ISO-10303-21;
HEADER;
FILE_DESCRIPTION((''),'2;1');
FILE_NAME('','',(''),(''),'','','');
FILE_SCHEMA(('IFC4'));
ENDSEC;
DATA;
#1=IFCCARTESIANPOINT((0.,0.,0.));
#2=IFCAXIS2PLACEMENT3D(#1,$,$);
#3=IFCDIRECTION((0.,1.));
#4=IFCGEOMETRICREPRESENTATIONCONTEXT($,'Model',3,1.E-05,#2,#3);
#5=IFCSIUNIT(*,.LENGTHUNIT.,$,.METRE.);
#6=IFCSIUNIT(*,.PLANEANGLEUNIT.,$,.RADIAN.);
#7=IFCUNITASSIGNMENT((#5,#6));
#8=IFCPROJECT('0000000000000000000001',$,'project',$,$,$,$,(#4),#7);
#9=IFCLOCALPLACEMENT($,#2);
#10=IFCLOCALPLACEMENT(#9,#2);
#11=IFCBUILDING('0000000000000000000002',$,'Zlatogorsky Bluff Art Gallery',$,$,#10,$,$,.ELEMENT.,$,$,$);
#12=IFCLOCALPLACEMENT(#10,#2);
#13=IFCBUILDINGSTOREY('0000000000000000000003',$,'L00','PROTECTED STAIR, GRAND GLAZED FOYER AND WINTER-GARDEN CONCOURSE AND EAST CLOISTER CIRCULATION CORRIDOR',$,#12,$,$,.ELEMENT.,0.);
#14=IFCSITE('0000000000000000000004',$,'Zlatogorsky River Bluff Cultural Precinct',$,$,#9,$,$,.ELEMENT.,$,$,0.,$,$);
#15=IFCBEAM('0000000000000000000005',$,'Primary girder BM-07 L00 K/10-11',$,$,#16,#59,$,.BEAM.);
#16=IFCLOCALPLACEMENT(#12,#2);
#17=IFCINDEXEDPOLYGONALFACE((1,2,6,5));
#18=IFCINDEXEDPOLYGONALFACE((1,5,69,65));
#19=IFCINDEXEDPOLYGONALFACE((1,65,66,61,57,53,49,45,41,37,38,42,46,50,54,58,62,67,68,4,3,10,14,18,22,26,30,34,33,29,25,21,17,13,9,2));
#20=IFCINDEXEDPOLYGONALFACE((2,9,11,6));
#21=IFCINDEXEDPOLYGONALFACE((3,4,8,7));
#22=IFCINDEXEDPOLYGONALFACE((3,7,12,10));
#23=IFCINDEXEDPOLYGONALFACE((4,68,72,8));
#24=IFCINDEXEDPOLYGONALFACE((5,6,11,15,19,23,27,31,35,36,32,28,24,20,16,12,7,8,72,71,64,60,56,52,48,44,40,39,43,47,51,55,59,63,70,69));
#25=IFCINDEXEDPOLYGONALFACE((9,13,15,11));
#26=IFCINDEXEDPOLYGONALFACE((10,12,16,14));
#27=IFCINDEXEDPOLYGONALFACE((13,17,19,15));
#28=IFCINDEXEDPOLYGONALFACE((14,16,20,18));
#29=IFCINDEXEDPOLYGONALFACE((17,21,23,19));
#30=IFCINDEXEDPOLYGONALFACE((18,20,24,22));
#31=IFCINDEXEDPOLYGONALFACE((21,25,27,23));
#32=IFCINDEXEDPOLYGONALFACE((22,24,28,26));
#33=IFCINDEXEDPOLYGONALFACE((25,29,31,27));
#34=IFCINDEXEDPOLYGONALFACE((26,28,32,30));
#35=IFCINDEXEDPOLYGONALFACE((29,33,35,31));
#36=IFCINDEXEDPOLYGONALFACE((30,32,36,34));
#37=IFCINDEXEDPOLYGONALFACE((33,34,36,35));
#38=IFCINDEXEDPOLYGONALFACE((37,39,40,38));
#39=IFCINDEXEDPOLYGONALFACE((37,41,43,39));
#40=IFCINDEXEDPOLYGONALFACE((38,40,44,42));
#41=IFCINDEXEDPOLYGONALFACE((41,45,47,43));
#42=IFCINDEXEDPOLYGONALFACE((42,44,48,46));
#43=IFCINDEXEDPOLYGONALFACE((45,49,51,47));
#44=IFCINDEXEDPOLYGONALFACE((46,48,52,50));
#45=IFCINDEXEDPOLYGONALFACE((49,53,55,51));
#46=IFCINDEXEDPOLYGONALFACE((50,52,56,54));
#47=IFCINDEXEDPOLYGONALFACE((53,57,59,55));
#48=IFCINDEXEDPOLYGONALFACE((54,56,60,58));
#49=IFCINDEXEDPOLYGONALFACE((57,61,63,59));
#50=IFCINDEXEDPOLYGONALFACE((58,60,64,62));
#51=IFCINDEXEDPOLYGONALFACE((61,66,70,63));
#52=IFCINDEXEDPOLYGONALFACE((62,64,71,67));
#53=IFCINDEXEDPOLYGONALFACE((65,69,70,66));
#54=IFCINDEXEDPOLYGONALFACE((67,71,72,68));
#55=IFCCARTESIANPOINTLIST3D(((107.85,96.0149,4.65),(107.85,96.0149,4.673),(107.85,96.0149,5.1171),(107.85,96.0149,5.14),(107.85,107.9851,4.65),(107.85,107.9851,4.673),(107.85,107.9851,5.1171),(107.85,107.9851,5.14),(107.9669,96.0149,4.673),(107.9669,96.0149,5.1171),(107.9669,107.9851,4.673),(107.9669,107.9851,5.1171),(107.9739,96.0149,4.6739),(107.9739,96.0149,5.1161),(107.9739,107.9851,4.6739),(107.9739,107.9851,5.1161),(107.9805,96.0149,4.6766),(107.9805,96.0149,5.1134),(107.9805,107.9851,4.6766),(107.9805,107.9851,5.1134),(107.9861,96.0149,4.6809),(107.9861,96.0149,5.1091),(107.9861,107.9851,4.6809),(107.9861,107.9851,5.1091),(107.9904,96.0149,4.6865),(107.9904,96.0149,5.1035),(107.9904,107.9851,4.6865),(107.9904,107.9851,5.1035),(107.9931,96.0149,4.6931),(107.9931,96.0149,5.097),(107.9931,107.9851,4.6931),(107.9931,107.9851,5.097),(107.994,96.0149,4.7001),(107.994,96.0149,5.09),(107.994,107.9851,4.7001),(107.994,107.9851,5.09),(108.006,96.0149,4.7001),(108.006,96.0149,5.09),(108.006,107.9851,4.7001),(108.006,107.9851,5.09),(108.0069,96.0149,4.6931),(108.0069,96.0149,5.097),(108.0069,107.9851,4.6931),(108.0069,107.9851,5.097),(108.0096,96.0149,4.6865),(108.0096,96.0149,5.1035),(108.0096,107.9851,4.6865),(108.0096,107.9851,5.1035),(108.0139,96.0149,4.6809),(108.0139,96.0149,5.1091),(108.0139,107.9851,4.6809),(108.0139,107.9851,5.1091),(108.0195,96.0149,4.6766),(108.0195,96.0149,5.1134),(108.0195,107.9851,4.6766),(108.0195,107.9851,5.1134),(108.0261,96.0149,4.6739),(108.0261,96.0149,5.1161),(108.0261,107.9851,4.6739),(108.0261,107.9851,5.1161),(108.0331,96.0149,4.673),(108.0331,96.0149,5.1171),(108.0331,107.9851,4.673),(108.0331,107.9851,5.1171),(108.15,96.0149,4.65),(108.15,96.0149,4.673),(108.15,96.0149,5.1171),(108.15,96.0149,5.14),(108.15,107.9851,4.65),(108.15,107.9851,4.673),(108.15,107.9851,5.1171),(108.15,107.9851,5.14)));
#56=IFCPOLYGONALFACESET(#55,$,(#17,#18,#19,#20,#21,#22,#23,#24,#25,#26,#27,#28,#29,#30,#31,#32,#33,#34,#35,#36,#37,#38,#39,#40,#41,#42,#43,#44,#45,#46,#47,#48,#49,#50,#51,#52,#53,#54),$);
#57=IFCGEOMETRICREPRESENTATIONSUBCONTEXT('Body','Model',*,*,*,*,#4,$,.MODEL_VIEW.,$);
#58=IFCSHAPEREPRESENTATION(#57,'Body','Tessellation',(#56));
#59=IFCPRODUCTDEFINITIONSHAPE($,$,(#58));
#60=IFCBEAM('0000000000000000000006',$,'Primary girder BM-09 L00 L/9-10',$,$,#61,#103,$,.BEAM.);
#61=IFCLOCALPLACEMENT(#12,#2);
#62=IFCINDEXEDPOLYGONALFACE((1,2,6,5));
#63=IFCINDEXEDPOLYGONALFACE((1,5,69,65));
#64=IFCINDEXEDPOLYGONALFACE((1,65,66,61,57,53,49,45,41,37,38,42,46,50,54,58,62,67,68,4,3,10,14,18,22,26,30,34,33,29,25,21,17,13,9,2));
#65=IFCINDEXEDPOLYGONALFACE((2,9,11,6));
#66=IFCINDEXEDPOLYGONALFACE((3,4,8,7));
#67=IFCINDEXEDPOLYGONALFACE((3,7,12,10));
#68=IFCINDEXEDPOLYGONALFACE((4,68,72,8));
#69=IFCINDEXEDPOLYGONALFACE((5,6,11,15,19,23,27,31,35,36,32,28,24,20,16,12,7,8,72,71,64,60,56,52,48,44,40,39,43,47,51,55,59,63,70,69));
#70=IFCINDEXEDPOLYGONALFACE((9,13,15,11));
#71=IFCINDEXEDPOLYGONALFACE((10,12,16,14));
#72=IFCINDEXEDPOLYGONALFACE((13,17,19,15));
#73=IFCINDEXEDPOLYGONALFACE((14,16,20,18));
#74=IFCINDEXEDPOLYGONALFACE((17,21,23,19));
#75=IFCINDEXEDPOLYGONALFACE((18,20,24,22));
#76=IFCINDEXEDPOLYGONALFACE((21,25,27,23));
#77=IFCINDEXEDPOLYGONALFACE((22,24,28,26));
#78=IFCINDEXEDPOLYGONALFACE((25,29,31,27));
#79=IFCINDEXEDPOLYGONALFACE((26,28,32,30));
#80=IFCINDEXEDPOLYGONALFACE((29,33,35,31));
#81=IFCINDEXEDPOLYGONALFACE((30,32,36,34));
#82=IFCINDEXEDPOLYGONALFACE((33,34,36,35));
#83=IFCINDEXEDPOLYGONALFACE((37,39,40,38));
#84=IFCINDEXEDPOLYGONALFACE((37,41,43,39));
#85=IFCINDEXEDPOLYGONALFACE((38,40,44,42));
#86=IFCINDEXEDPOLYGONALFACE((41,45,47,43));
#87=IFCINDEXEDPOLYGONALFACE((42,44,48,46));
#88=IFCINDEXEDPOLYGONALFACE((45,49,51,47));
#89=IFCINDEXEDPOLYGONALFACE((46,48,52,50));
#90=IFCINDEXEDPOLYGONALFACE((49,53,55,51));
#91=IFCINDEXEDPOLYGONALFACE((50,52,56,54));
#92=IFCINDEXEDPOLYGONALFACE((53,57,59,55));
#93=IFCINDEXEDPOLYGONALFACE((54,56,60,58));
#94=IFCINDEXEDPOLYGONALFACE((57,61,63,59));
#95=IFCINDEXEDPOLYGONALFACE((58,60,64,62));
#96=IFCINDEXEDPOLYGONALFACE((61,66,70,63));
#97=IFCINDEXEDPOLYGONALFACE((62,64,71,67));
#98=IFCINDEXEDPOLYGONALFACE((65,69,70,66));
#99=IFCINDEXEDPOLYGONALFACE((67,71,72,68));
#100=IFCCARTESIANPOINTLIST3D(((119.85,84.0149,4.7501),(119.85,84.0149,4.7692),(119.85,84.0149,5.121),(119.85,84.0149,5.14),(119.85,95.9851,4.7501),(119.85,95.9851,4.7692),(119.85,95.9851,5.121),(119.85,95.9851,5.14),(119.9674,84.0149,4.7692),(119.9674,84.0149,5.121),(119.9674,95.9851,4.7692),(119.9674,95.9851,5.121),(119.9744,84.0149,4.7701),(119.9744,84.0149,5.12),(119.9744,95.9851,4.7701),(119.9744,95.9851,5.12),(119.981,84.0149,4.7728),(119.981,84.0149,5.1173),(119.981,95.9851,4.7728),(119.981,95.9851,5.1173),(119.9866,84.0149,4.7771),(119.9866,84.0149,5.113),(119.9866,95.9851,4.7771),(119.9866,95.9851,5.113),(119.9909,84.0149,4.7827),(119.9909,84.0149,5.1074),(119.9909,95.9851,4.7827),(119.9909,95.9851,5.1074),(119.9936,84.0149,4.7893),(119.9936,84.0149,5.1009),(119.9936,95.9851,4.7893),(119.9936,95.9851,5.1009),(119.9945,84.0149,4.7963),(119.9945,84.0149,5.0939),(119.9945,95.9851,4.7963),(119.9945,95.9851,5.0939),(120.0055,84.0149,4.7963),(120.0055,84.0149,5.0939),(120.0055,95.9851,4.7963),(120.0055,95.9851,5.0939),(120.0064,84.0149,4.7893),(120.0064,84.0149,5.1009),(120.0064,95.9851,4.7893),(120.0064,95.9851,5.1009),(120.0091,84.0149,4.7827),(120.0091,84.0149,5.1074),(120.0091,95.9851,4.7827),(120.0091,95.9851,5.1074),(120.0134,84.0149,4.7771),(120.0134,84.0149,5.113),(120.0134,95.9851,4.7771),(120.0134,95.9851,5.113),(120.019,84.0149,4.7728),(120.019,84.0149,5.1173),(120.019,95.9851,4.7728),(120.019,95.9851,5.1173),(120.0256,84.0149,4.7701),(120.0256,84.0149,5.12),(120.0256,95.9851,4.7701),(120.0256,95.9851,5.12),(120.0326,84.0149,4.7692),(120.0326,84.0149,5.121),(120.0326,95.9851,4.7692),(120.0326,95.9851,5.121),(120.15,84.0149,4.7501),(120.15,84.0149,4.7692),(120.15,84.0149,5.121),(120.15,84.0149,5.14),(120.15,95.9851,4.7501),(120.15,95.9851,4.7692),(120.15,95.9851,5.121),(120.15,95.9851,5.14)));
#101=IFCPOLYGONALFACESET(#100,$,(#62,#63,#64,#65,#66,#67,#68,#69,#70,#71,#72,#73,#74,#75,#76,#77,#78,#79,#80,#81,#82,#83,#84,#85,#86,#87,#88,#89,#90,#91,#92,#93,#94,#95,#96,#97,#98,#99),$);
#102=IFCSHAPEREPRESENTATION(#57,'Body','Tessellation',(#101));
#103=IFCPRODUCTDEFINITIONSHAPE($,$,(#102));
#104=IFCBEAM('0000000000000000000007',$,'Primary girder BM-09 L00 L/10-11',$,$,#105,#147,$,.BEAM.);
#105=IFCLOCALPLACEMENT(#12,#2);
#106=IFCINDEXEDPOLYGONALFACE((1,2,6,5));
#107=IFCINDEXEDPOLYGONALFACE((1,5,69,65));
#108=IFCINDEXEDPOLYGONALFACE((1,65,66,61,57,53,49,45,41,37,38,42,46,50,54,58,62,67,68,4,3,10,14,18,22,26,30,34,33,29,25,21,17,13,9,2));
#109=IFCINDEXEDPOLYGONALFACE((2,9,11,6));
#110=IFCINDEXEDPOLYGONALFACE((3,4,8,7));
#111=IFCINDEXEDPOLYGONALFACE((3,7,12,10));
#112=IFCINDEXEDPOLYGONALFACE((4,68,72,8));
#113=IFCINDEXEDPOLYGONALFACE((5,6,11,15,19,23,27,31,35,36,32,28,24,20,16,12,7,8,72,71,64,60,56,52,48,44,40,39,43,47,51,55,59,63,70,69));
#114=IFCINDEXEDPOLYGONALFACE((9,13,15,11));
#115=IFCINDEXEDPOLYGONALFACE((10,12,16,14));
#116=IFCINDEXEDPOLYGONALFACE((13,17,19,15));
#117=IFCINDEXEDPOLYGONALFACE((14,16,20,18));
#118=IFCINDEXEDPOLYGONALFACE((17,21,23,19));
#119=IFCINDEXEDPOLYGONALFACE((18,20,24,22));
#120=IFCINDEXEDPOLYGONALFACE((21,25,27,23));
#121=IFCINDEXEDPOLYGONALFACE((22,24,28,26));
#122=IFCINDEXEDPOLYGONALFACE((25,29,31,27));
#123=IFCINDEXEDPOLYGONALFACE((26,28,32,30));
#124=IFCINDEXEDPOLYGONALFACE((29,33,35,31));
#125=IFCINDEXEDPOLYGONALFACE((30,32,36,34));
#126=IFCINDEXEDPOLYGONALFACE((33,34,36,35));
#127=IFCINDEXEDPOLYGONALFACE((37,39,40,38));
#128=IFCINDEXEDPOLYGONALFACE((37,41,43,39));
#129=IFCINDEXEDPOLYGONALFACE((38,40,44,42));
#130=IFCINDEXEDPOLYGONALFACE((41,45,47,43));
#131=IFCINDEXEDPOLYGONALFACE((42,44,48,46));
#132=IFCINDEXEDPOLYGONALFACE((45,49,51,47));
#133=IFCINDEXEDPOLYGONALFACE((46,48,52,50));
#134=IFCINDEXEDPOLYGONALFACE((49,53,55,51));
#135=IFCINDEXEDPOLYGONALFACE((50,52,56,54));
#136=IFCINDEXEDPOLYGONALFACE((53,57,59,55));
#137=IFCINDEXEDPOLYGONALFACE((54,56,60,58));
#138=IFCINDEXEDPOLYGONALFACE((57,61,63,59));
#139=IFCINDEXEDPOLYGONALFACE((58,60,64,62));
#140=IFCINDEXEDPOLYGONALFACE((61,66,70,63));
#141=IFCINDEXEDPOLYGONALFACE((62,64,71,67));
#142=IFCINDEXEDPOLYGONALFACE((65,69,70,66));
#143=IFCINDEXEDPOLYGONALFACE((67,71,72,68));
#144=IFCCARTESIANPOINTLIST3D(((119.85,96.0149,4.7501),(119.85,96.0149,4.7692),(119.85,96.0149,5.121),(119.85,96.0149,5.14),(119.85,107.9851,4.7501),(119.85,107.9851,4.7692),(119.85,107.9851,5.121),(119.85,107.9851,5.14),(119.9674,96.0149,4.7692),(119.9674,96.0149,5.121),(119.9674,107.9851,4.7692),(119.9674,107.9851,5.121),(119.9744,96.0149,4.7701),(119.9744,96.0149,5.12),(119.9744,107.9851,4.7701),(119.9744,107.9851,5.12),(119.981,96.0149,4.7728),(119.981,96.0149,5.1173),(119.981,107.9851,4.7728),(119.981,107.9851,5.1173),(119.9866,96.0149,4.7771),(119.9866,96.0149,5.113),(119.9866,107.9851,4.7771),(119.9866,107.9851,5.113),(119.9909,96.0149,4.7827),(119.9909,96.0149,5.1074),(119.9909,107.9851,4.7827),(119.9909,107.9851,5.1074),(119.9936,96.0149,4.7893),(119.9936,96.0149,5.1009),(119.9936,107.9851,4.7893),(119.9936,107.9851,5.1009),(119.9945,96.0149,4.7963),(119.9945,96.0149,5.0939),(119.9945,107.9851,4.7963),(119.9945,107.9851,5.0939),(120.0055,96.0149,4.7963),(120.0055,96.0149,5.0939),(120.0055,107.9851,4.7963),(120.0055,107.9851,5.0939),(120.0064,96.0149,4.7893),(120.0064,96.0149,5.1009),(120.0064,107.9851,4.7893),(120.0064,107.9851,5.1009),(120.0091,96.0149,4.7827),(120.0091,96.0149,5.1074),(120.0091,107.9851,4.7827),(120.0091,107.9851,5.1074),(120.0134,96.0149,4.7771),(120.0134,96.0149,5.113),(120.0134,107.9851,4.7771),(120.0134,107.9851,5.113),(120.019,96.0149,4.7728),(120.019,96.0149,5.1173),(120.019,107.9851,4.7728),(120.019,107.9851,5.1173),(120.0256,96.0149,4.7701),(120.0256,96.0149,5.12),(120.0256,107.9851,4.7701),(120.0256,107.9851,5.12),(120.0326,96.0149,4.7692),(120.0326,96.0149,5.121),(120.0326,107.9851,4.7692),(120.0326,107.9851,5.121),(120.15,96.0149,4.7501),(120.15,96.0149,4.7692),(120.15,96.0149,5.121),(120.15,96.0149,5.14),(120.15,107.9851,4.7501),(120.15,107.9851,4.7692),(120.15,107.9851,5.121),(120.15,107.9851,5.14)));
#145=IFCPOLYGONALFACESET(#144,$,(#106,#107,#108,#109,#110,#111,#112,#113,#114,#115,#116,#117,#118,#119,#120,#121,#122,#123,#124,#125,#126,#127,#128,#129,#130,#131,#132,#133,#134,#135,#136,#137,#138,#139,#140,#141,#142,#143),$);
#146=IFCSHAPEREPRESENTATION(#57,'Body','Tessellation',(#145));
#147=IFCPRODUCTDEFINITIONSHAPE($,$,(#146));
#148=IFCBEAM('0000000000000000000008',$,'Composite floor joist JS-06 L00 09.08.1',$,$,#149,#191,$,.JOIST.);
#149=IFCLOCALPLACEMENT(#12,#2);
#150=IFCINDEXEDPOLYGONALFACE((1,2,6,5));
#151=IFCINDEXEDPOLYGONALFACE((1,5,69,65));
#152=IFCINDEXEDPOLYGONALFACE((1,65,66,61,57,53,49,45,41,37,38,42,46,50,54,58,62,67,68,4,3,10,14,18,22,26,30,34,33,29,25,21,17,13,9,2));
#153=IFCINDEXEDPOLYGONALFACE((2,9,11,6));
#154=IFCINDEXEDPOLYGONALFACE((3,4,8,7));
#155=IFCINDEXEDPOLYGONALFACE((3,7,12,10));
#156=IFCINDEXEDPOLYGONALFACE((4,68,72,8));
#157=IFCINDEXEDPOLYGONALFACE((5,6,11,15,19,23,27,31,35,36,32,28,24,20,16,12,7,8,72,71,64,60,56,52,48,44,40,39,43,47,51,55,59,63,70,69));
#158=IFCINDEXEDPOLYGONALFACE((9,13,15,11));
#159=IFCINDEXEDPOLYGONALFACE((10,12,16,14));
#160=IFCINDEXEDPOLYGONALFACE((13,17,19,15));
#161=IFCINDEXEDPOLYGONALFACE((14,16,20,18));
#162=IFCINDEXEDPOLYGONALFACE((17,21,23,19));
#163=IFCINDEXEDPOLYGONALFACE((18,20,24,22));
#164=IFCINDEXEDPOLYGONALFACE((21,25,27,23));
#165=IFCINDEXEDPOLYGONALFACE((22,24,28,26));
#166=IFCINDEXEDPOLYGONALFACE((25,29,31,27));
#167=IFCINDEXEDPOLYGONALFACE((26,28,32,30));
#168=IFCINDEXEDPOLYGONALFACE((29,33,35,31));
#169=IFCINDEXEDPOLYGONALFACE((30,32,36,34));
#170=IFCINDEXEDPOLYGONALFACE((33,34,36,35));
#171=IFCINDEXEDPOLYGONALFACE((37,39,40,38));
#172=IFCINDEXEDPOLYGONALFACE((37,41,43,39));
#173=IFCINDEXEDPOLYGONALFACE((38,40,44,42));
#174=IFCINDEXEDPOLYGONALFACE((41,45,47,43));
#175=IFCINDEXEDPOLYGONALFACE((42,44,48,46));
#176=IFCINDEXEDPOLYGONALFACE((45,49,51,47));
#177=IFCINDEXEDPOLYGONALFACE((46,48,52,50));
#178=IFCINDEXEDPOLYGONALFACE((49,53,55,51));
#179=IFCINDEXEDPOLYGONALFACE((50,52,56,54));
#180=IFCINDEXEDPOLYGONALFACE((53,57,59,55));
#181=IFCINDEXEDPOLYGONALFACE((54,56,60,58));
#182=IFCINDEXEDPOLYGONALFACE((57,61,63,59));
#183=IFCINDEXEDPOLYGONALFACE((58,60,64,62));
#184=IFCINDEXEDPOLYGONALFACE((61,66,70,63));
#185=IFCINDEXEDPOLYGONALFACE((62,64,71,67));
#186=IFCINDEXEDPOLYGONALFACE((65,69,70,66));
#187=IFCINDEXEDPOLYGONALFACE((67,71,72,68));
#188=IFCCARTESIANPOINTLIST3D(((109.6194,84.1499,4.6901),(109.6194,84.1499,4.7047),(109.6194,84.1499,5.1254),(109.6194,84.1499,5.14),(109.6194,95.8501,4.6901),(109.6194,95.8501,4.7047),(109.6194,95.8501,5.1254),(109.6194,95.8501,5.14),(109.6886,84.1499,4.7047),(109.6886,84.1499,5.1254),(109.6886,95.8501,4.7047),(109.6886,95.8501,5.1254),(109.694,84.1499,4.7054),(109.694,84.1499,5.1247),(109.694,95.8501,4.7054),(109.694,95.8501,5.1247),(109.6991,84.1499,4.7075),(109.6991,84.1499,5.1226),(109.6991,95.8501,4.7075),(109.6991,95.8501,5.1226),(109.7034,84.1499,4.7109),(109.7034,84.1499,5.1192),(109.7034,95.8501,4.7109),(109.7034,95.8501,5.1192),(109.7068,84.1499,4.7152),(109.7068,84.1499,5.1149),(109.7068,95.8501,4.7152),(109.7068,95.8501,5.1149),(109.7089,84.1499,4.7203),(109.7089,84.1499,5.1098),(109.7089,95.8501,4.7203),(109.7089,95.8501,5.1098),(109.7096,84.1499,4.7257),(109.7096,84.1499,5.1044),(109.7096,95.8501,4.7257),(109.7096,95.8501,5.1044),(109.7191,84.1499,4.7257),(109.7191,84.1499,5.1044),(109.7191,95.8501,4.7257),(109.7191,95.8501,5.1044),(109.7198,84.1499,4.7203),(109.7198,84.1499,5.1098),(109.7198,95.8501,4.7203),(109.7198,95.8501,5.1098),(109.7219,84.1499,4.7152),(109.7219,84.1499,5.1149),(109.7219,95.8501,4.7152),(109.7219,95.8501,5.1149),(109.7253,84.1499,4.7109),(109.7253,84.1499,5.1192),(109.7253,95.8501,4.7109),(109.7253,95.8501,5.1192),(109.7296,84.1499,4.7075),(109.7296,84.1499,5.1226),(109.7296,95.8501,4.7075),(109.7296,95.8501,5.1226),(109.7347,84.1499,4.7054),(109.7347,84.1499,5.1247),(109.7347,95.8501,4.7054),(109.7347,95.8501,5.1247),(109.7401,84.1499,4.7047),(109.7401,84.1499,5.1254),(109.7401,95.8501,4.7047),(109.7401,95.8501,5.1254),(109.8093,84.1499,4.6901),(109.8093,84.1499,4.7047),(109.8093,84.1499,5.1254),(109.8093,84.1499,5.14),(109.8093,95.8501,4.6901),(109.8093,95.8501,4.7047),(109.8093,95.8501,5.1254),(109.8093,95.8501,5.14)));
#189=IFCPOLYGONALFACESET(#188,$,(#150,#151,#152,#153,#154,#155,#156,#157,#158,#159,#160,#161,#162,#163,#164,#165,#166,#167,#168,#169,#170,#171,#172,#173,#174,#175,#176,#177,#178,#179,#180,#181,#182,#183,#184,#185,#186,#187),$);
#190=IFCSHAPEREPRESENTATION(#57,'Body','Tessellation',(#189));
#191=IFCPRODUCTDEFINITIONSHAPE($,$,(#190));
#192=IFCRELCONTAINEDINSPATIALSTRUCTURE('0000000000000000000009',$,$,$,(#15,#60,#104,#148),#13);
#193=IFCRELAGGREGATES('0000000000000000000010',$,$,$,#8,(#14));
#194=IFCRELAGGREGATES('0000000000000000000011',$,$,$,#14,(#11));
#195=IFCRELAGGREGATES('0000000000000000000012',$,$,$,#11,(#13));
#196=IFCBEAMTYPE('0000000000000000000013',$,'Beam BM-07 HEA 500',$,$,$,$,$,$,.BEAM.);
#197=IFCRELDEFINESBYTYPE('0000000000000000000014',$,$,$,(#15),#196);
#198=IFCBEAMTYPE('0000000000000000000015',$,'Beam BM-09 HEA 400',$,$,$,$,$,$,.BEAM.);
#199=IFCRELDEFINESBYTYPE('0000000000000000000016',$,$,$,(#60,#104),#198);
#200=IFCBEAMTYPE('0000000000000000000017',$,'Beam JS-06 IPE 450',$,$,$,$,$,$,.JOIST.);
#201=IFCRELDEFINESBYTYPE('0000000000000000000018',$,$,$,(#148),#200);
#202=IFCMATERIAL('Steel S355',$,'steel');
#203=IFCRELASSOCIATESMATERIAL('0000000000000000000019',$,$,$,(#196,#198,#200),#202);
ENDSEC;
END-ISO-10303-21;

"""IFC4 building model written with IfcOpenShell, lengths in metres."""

from ifc_helpers import new_model, si_unit, direction, frame, origin, origin_2d, place, context, subcontext, project, spatial, i_section, extrude, material, material_profile, profile_set, type_object, element, save


model = new_model("IFC4")

# Units and contexts
model_context = context("Model", 3, precision=1e-05, world=origin(), true_north=direction((0.0, 1.0)))
body_context = subcontext(model_context, "Body", "Model", "MODEL_VIEW")
ifc_project = project(units=[si_unit("LENGTHUNIT", "METRE"), si_unit("PLANEANGLEUNIT", "RADIAN")], contexts=[model_context])

# Site, building, storey
site_placement = place(None, origin())
site = spatial("IfcSite", under=ifc_project, at=site_placement, Name="Zlatogorsky River Bluff Cultural Precinct", CompositionType="ELEMENT", RefElevation=0.0)
building_placement = place(site_placement, origin())
building = spatial("IfcBuilding", under=site, at=building_placement, Name="Zlatogorsky Bluff Art Gallery", CompositionType="ELEMENT")
storey_placement = place(building_placement, origin())
storey = spatial("IfcBuildingStorey", under=building, at=storey_placement, Name="L00", Description="PROTECTED STAIR, GRAND GLAZED FOYER AND WINTER-GARDEN CONCOURSE AND EAST CLOISTER CIRCULATION CORRIDOR", CompositionType="ELEMENT", Elevation=0.0)

# Shared definitions
ifc_material_1 = material(Name="Steel S355", Category="steel")

# Beams
ifc_material_profile_1 = material_profile(ifc_material_1, i_section(OverallWidth=0.3, OverallDepth=0.49, WebThickness=0.012, FlangeThickness=0.0229, FilletRadius=0.0271, at=origin_2d()), Name="HEA 500")
ifc_profile_set_1 = profile_set([ifc_material_profile_1], Name="Steel S355")
beam_type_1 = type_object("IfcBeamType", Name="Beam BM-07 HEA 500", PredefinedType="BEAM", material=ifc_profile_set_1)
for number, where, z_axis, x_axis, name in (
    (1, (108.0, 96.0149, 4.895), (0.0, 1.0, 0.0), (-1.0, 0.0, 0.0), "Primary girder BM-07 L00 K/10-11"),
):
    element("IfcBeam", number, at=place(storey_placement, frame(where, z_axis=z_axis, x_axis=x_axis)), inside=storey, type_object=beam_type_1, Name=name, PredefinedType="BEAM", context=body_context, shape_type="SweptSolid", body=[
        extrude(i_section(OverallWidth=0.3, OverallDepth=0.49, WebThickness=0.012, FlangeThickness=0.0229, FilletRadius=0.0271, at=origin_2d()), origin(), (0.0, 0.0, 1.0), 11.9702),
    ])
ifc_material_profile_2 = material_profile(ifc_material_1, i_section(OverallWidth=0.3, OverallDepth=0.3899, WebThickness=0.011, FlangeThickness=0.019, FilletRadius=0.0271, at=origin_2d()), Name="HEA 400")
ifc_profile_set_2 = profile_set([ifc_material_profile_2], Name="Steel S355")
beam_type_2 = type_object("IfcBeamType", Name="Beam BM-09 HEA 400", PredefinedType="BEAM", material=ifc_profile_set_2)
for number, where, z_axis, x_axis, name in (
    (2, (120.0, 84.0149, 4.9451), (0.0, 1.0, 0.0), (-1.0, 0.0, 0.0), "Primary girder BM-09 L00 L/9-10"),
    (3, (120.0, 96.0149, 4.9451), (0.0, 1.0, 0.0), (-1.0, 0.0, 0.0), "Primary girder BM-09 L00 L/10-11"),
):
    element("IfcBeam", number, at=place(storey_placement, frame(where, z_axis=z_axis, x_axis=x_axis)), inside=storey, type_object=beam_type_2, Name=name, PredefinedType="BEAM", context=body_context, shape_type="SweptSolid", body=[
        extrude(i_section(OverallWidth=0.3, OverallDepth=0.3899, WebThickness=0.011, FlangeThickness=0.019, FilletRadius=0.0271, at=origin_2d()), origin(), (0.0, 0.0, 1.0), 11.9702),
    ])
ifc_material_profile_3 = material_profile(ifc_material_1, i_section(OverallWidth=0.1899, OverallDepth=0.45, WebThickness=0.0095, FlangeThickness=0.0146, FilletRadius=0.021, at=origin_2d()), Name="IPE 450")
ifc_profile_set_3 = profile_set([ifc_material_profile_3], Name="Steel S355")
beam_type_3 = type_object("IfcBeamType", Name="Beam JS-06 IPE 450", PredefinedType="JOIST", material=ifc_profile_set_3)
for number, where, z_axis, x_axis, name in (
    (4, (109.7144, 84.1499, 4.915), (0.0, 1.0, 0.0), (-1.0, 0.0, 0.0), "Composite floor joist JS-06 L00 09.08.1"),
):
    element("IfcBeam", number, at=place(storey_placement, frame(where, z_axis=z_axis, x_axis=x_axis)), inside=storey, type_object=beam_type_3, Name=name, PredefinedType="JOIST", context=body_context, shape_type="SweptSolid", body=[
        extrude(i_section(OverallWidth=0.1899, OverallDepth=0.45, WebThickness=0.0095, FlangeThickness=0.0146, FilletRadius=0.021, at=origin_2d()), origin(), (0.0, 0.0, 1.0), 11.7002),
    ])

save(model, "model.ifc")
